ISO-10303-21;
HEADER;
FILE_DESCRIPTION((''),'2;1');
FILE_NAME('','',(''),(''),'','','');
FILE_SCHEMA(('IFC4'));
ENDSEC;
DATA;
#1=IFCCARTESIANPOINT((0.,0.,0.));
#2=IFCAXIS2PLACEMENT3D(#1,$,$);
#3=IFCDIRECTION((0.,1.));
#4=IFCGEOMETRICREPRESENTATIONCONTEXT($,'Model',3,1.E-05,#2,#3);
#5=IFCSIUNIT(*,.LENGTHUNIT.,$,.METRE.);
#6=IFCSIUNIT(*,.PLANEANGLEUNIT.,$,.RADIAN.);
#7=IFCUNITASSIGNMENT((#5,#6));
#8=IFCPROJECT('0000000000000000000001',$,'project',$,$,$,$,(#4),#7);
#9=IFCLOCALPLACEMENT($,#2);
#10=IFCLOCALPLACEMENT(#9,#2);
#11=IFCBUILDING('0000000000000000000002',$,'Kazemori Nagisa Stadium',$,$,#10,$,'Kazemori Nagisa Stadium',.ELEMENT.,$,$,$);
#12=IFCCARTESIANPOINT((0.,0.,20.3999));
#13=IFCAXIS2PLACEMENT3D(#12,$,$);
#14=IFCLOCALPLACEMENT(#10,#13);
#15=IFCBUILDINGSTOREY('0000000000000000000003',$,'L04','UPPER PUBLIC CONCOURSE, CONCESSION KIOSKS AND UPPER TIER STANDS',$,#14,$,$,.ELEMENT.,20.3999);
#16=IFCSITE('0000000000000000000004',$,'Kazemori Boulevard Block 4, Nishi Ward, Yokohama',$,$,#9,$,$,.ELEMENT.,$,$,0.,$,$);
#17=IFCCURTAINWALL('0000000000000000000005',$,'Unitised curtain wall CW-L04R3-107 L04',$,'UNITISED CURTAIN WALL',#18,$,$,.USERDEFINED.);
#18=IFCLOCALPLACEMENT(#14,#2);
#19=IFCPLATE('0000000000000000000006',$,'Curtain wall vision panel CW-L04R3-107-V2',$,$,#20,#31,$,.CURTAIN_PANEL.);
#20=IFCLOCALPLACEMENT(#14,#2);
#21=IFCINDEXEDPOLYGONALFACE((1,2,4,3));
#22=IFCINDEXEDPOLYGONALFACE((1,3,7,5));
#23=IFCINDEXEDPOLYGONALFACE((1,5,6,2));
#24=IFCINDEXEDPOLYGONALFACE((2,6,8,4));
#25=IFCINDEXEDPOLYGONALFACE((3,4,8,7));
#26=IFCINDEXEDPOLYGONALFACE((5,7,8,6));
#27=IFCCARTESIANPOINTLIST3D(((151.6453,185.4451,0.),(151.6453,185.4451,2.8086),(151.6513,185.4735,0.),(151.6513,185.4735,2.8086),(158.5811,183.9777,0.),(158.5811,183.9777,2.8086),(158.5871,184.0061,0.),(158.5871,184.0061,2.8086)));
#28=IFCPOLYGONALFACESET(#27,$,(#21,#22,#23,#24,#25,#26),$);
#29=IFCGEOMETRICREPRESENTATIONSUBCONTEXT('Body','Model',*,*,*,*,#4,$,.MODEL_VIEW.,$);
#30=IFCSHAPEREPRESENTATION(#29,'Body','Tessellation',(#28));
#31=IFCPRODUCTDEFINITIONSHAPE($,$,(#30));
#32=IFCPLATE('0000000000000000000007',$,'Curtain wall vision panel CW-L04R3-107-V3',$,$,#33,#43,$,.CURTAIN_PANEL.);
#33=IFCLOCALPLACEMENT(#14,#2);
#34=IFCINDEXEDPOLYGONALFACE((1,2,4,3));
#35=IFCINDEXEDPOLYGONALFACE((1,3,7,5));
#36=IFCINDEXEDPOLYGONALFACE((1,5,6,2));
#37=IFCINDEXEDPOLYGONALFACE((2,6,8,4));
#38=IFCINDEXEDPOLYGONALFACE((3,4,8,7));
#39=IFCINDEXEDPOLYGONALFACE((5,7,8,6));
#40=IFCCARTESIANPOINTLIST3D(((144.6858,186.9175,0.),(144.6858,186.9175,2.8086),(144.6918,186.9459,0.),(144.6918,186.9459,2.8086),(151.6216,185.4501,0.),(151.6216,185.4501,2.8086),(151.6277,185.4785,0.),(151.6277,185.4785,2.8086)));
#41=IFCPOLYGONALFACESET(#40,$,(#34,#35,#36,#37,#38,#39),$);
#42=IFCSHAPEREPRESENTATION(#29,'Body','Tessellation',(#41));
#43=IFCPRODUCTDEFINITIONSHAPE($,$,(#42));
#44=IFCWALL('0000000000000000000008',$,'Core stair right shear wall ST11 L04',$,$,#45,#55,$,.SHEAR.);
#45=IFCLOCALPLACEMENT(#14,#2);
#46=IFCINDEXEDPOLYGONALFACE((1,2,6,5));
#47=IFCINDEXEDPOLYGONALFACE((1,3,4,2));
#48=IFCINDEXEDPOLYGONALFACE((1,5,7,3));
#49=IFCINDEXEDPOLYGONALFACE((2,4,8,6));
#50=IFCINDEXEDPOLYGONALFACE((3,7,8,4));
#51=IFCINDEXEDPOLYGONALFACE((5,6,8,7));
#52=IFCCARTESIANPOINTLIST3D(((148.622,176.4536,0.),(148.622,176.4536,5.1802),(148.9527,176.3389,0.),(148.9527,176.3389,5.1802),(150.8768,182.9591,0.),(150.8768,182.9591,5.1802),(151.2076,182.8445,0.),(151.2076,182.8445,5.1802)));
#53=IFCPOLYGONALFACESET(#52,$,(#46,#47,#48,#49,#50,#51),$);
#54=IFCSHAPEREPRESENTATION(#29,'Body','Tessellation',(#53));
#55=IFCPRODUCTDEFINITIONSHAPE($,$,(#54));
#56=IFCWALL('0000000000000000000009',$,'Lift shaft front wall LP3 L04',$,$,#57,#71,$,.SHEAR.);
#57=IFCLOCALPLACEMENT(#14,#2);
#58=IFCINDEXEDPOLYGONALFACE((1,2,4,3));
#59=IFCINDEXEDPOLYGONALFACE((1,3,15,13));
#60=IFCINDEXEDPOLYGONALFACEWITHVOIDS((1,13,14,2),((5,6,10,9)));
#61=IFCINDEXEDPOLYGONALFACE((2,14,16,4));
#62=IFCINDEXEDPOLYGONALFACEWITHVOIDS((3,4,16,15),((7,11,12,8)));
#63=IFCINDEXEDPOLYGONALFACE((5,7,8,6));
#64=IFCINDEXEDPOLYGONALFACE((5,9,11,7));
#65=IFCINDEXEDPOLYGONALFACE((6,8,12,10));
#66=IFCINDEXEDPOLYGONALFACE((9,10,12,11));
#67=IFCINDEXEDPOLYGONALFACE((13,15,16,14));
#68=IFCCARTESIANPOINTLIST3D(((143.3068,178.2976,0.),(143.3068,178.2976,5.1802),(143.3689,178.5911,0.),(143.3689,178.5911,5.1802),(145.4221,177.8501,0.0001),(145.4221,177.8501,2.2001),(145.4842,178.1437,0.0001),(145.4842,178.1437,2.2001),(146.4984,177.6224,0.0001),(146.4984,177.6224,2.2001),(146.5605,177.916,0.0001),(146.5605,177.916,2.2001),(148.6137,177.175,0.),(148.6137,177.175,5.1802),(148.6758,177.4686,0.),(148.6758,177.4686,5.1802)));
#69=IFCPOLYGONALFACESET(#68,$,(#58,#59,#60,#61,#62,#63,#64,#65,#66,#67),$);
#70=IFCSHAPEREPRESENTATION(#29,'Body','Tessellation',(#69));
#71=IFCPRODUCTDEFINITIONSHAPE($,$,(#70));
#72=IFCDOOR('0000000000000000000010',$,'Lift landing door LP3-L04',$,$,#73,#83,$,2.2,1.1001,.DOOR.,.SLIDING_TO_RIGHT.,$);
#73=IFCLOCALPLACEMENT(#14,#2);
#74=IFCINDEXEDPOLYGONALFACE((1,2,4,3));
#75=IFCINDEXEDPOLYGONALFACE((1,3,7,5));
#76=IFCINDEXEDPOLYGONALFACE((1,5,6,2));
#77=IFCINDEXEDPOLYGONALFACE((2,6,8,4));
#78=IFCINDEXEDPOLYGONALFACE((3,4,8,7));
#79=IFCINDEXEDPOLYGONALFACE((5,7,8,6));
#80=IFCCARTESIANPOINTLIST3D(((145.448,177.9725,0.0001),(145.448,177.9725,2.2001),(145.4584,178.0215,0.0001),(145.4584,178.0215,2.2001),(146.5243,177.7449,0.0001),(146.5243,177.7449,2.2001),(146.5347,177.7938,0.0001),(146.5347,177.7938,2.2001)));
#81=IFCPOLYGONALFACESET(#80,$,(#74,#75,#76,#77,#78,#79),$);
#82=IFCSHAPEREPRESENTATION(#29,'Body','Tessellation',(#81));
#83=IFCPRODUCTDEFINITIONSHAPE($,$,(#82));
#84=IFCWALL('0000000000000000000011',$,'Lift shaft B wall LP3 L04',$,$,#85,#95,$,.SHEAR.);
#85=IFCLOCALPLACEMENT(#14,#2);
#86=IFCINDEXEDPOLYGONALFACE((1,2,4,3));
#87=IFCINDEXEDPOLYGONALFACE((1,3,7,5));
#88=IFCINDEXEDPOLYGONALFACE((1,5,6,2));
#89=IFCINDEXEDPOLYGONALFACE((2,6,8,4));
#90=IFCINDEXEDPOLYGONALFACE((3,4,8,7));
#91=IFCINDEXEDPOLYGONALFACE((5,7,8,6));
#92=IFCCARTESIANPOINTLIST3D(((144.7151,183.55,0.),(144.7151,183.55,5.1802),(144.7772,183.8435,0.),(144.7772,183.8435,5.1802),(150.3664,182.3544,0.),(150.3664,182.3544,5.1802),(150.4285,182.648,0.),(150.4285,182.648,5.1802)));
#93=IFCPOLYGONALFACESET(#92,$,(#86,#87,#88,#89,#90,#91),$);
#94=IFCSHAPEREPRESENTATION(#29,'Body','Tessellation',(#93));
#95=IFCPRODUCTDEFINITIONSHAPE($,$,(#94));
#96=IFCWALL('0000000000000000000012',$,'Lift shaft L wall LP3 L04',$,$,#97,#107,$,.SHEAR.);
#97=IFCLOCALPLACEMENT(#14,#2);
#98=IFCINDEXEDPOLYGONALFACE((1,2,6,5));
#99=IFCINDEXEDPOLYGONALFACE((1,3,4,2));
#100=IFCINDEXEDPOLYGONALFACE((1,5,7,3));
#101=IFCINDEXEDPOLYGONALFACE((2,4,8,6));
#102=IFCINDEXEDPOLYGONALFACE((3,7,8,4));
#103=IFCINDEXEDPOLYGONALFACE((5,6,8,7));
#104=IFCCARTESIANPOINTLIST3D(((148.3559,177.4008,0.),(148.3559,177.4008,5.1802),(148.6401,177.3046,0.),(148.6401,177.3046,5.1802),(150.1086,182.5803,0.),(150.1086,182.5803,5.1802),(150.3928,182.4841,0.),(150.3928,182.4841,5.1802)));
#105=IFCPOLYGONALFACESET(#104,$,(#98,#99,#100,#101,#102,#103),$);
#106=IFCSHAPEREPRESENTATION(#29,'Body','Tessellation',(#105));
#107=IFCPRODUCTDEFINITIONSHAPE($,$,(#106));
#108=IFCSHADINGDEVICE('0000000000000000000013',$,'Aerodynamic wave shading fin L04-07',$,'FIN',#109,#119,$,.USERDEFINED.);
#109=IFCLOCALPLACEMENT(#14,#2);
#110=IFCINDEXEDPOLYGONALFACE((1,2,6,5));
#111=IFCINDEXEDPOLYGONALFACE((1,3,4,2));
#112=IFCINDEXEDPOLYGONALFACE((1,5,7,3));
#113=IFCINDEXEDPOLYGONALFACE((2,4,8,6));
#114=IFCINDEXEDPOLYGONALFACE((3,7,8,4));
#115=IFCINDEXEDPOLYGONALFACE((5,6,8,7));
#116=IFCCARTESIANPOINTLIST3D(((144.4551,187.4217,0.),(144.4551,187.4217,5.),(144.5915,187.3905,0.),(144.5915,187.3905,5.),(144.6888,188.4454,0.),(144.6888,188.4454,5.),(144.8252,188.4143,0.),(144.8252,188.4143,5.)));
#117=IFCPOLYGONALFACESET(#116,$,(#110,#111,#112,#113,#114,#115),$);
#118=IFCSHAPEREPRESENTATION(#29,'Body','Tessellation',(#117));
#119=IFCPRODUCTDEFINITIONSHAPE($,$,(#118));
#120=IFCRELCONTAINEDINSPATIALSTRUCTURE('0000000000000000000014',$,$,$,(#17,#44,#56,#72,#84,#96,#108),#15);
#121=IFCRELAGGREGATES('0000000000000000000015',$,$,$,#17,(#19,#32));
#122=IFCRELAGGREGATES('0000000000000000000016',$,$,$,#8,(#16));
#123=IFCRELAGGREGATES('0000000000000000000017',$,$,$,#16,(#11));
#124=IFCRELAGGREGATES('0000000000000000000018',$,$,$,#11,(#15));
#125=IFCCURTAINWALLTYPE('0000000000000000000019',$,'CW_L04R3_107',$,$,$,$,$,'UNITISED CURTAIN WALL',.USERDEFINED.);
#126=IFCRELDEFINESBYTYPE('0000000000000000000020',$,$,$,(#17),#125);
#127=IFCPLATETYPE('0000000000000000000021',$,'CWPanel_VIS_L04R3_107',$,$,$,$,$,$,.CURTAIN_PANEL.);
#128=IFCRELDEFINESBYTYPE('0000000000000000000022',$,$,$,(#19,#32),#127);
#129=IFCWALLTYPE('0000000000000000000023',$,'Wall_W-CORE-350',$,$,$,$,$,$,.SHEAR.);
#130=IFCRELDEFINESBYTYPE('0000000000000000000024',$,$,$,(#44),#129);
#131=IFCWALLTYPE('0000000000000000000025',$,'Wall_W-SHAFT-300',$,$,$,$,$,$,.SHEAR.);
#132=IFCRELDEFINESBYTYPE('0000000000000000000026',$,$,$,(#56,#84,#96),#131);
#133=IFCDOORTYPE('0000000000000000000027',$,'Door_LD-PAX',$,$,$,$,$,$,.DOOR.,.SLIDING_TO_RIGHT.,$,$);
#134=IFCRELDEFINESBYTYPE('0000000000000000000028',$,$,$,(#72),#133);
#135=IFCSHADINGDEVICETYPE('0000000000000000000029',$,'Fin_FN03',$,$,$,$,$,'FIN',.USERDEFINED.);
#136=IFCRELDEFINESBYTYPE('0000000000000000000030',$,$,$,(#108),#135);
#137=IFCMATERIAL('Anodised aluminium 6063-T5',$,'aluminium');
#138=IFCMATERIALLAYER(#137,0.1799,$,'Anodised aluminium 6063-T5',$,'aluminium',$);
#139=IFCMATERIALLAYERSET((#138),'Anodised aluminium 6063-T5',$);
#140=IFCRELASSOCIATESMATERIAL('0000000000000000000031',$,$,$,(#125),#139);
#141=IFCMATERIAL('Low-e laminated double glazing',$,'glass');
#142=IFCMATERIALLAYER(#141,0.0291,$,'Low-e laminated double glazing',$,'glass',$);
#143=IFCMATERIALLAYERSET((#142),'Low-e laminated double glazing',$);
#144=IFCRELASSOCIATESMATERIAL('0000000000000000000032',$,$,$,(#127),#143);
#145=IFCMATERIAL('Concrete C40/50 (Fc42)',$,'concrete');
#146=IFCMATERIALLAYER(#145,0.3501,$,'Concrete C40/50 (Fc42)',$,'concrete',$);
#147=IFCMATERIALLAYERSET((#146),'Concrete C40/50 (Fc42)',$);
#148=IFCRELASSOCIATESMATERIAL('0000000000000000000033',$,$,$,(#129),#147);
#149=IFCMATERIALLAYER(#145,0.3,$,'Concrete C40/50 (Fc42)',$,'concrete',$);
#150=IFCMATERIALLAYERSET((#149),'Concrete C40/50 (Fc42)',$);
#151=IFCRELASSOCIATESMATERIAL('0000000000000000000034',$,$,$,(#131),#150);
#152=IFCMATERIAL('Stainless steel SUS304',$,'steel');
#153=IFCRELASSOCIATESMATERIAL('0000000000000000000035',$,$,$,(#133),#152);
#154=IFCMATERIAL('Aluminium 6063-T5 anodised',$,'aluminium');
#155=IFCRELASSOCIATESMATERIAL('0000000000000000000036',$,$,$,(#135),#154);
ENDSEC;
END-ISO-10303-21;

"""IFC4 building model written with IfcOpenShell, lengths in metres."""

from ifc_helpers import new_model, si_unit, direction, frame, frame_2d, origin, origin_2d, place, context, subcontext, project, spatial, rectangle, extrude, material, layer, layer_set, type_object, element, fill, aggregate, save


model = new_model("IFC4")

# Units and contexts
model_context = context("Model", 3, precision=1e-05, world=origin(), true_north=direction((0.0, 1.0)))
body_context = subcontext(model_context, "Body", "Model", "MODEL_VIEW")
ifc_project = project(units=[si_unit("LENGTHUNIT", "METRE"), si_unit("PLANEANGLEUNIT", "RADIAN")], contexts=[model_context])

# Site, building, storey
site_placement = place(None, origin())
site = spatial("IfcSite", under=ifc_project, at=site_placement, Name="Kazemori Boulevard Block 4, Nishi Ward, Yokohama", CompositionType="ELEMENT", RefElevation=0.0)
building_placement = place(site_placement, origin())
building = spatial("IfcBuilding", under=site, at=building_placement, Name="Kazemori Nagisa Stadium", LongName="Kazemori Nagisa Stadium", CompositionType="ELEMENT")
storey_placement = place(building_placement, frame((0.0, 0.0, 20.3999)))
storey = spatial("IfcBuildingStorey", under=building, at=storey_placement, Name="L04", Description="UPPER PUBLIC CONCOURSE, CONCESSION KIOSKS AND UPPER TIER STANDS", CompositionType="ELEMENT", Elevation=20.3999)

# Shared definitions
ifc_material_1 = material(Name="Concrete C40/50 (Fc42)", Category="concrete")

# Curtain wall, plates
ifc_material_2 = material(Name="Anodised aluminium 6063-T5", Category="aluminium")
ifc_layer_1 = layer(ifc_material_2, 0.1799, Name="Anodised aluminium 6063-T5", Category="aluminium")
ifc_layer_set_1 = layer_set([ifc_layer_1], Name="Anodised aluminium 6063-T5")
curtain_wall_type = type_object("IfcCurtainWallType", Name="CW_L04R3_107", ElementType="UNITISED CURTAIN WALL", PredefinedType="USERDEFINED", material=ifc_layer_set_1)
curtain_wall_placement = place(storey_placement, origin())
curtain_wall = element("IfcCurtainWall", 1, at=curtain_wall_placement, inside=storey, type_object=curtain_wall_type, Name="Unitised curtain wall CW-L04R3-107 L04", ObjectType="UNITISED CURTAIN WALL", PredefinedType="USERDEFINED")
ifc_material_3 = material(Name="Aluminium 6063-T5 anodised", Category="aluminium")
ifc_material_4 = material(Name="Low-e laminated double glazing", Category="glass")
ifc_layer_2 = layer(ifc_material_4, 0.0291, Name="Low-e laminated double glazing", Category="glass")
ifc_layer_set_2 = layer_set([ifc_layer_2], Name="Low-e laminated double glazing")
plate_type_1 = type_object("IfcPlateType", Name="CWPanel_VIS_L04R3_107", PredefinedType="CURTAIN_PANEL", material=ifc_layer_set_2)
plate_1_placement = place(storey_placement, frame((155.1162, 184.7256, 0.0), z_axis=(0.0, 0.0, 1.0), x_axis=(-0.978345, 0.206981, 0.0)))
plate_1 = element("IfcPlate", 2, at=plate_1_placement, type_object=plate_type_1, Name="Curtain wall vision panel CW-L04R3-107-V2", PredefinedType="CURTAIN_PANEL", context=body_context, shape_type="SweptSolid", body=[
    extrude(rectangle(XDim=7.0894, YDim=0.0291, at=origin_2d()), origin(), (0.0, 0.0, 1.0), 2.8086),
])
plate_2_placement = place(storey_placement, frame((148.1567, 186.198, 0.0), z_axis=(0.0, 0.0, 1.0), x_axis=(-0.978345, 0.206981, 0.0)))
plate_2 = element("IfcPlate", 3, at=plate_2_placement, type_object=plate_type_1, Name="Curtain wall vision panel CW-L04R3-107-V3", PredefinedType="CURTAIN_PANEL", context=body_context, shape_type="SweptSolid", body=[
    extrude(rectangle(XDim=7.0894, YDim=0.0291, at=origin_2d()), origin(), (0.0, 0.0, 1.0), 2.8086),
])
aggregate(curtain_wall, [plate_1, plate_2])

# Wall
ifc_layer_3 = layer(ifc_material_1, 0.3501, Name="Concrete C40/50 (Fc42)", Category="concrete")
ifc_layer_set_3 = layer_set([ifc_layer_3], Name="Concrete C40/50 (Fc42)")
wall_type_1 = type_object("IfcWallType", Name="Wall_W-CORE-350", PredefinedType="SHEAR", material=ifc_layer_set_3)
wall_1_placement = place(storey_placement, frame((148.7874, 176.3962, 0.0), z_axis=(0.0, 0.0, 1.0), x_axis=(0.327492, 0.944854, 0.0)))
element("IfcWall", 4, at=wall_1_placement, inside=storey, type_object=wall_type_1, Name="Core stair right shear wall ST11 L04", PredefinedType="SHEAR", context=body_context, shape_type="SweptSolid", body=[
    extrude(rectangle(XDim=6.8853, YDim=0.3501, at=frame_2d((3.4426, 0.0))), origin(), (0.0, 0.0, 1.0), 5.1802),
])

# Wall, opening, door
ifc_layer_4 = layer(ifc_material_1, 0.3, Name="Concrete C40/50 (Fc42)", Category="concrete")
ifc_layer_set_4 = layer_set([ifc_layer_4], Name="Concrete C40/50 (Fc42)")
wall_type_2 = type_object("IfcWallType", Name="Wall_W-SHAFT-300", PredefinedType="SHEAR", material=ifc_layer_set_4)
wall_2_placement = place(storey_placement, frame((148.6448, 177.3218, 0.0), z_axis=(0.0, 0.0, 1.0), x_axis=(-0.978352, 0.206949, 0.0)))
wall_2 = element("IfcWall", 5, at=wall_2_placement, inside=storey, type_object=wall_type_2, Name="Lift shaft front wall LP3 L04", PredefinedType="SHEAR", context=body_context, shape_type="SweptSolid", body=[
    extrude(rectangle(XDim=5.4243, YDim=0.3, at=frame_2d((2.7122, 0.0))), origin(), (0.0, 0.0, 1.0), 5.1802),
])
opening_placement = place(wall_2_placement, frame((2.1621, 0.0, 0.0)))
opening = element("IfcOpeningElement", 6, at=opening_placement, cuts=wall_2, PredefinedType="OPENING", context=body_context, shape_type="SweptSolid", body=[
    extrude(rectangle(XDim=1.1001, YDim=2.2, at=frame_2d((0.55, 1.1001))), frame((0.0, 0.1599, 0.0), z_axis=(0.0, -1.0, 0.0), x_axis=(1.0, 0.0, 0.0)), (0.0, 0.0, 1.0), 0.3201),
])
ifc_material_5 = material(Name="Stainless steel SUS304", Category="steel")
door_type = type_object("IfcDoorType", Name="Door_LD-PAX", OperationType="SLIDING_TO_RIGHT", PredefinedType="DOOR", material=ifc_material_5)
door_placement = place(opening_placement, origin())
door = element("IfcDoor", 7, at=door_placement, inside=storey, type_object=door_type, Name="Lift landing door LP3-L04", OperationType="SLIDING_TO_RIGHT", OverallHeight=2.2, OverallWidth=1.1001, PredefinedType="DOOR", context=body_context, shape_type="SweptSolid", body=[
    extrude(rectangle(XDim=1.1001, YDim=2.2, at=frame_2d((0.55, 1.1001))), frame((0.0, 0.0249, 0.0), z_axis=(0.0, -1.0, 0.0), x_axis=(1.0, 0.0, 0.0)), (0.0, 0.0, 1.0), 0.05),
])
fill(opening, door)

# Walls
wall_3_placement = place(storey_placement, frame((150.3975, 182.5012, 0.0), z_axis=(0.0, 0.0, 1.0), x_axis=(-0.978347, 0.206971, 0.0)))
element("IfcWall", 8, at=wall_3_placement, inside=storey, type_object=wall_type_2, Name="Lift shaft B wall LP3 L04", PredefinedType="SHEAR", context=body_context, shape_type="SweptSolid", body=[
    extrude(rectangle(XDim=5.7764, YDim=0.3, at=frame_2d((2.8882, 0.0))), origin(), (0.0, 0.0, 1.0), 5.1802),
])
wall_4_placement = place(storey_placement, frame((148.498, 177.3528, 0.0), z_axis=(0.0, 0.0, 1.0), x_axis=(0.320538, 0.947236, 0.0)))
element("IfcWall", 9, at=wall_4_placement, inside=storey, type_object=wall_type_2, Name="Lift shaft L wall LP3 L04", PredefinedType="SHEAR", context=body_context, shape_type="SweptSolid", body=[
    extrude(rectangle(XDim=5.468, YDim=0.3, at=frame_2d((2.7339, 0.0))), origin(), (0.0, 0.0, 1.0), 5.1802),
])

# Shading device
shading_device_type = type_object("IfcShadingDeviceType", Name="Fin_FN03", ElementType="FIN", PredefinedType="USERDEFINED", material=ifc_material_3)
shading_device_placement = place(storey_placement, frame((144.6401, 187.918, 0.0), z_axis=(0.0, 0.0, 1.0), x_axis=(0.222521, 0.974928, 0.0)))
element("IfcShadingDevice", 10, at=shading_device_placement, inside=storey, type_object=shading_device_type, Name="Aerodynamic wave shading fin L04-07", ObjectType="FIN", PredefinedType="USERDEFINED", context=body_context, shape_type="SweptSolid", body=[
    extrude(rectangle(XDim=1.05, YDim=0.1399, at=origin_2d()), origin(), (0.0, 0.0, 1.0), 5.0),
])

save(model, "model.ifc")
